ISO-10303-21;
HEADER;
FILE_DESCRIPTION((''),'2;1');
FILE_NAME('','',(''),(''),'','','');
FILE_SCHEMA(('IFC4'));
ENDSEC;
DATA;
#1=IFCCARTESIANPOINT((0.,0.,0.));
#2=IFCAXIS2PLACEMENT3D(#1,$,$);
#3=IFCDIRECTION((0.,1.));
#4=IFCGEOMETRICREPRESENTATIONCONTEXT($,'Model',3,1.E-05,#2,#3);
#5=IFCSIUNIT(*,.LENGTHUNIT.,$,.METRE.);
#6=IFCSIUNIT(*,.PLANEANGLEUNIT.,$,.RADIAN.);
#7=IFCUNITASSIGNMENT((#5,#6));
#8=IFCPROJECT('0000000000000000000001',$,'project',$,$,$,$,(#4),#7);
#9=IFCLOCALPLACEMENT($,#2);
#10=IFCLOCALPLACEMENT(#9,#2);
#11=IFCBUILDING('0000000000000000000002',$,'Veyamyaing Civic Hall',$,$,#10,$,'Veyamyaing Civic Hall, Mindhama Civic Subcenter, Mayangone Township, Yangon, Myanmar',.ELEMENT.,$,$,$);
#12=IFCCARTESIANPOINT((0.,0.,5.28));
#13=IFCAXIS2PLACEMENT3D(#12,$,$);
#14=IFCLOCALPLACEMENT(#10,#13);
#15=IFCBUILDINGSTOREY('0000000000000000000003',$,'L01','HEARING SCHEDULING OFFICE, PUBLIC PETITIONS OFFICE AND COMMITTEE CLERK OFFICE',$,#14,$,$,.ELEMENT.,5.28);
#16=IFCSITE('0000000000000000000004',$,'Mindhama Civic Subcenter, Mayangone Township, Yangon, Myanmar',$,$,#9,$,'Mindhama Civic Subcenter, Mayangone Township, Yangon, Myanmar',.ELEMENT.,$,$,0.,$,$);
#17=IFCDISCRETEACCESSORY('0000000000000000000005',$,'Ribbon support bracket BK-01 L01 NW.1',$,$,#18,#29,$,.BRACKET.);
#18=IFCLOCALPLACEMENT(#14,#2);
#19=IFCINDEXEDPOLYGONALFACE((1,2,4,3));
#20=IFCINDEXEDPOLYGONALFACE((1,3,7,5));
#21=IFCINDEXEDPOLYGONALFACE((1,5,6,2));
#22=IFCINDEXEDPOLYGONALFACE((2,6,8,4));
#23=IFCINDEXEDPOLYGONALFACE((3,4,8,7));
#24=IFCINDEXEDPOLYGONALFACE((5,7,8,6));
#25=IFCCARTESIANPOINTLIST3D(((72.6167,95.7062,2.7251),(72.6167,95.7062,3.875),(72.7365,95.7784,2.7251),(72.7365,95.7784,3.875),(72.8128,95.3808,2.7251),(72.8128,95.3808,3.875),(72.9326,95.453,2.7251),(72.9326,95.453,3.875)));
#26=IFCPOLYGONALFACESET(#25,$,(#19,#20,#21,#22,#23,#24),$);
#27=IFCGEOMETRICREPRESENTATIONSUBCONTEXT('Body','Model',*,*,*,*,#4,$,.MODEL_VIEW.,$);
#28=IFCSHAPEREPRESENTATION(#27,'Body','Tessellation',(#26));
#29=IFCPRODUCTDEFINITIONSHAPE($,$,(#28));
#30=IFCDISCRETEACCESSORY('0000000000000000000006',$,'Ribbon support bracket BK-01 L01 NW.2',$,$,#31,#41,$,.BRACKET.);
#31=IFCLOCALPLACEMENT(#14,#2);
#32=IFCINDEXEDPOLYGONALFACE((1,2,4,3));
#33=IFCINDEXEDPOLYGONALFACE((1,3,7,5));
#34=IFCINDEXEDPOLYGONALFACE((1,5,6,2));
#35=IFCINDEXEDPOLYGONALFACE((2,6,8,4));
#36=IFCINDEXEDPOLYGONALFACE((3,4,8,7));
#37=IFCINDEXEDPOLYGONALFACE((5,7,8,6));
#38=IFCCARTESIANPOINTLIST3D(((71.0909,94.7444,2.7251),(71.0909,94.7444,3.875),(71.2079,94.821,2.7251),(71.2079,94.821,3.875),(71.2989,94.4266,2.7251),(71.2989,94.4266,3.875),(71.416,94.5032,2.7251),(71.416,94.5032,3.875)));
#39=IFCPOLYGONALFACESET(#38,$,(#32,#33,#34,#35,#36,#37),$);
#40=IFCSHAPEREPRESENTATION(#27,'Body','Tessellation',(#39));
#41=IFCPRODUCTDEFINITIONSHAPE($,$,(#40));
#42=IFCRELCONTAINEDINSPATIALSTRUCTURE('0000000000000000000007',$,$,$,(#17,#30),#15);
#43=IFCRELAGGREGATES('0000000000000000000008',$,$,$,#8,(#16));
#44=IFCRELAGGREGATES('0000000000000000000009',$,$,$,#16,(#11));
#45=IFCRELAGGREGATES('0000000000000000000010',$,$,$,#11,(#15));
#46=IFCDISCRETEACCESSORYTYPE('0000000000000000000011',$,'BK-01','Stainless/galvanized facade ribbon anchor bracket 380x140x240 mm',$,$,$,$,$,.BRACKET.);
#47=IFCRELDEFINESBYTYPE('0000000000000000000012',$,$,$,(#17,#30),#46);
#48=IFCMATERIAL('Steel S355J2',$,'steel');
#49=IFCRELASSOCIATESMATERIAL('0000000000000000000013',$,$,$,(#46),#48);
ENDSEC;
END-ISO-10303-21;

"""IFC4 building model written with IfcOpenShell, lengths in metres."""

from ifc_helpers import new_model, si_unit, direction, frame, origin, origin_2d, place, context, subcontext, project, spatial, rectangle, extrude, material, type_object, element, save


model = new_model("IFC4")

# Units and contexts
model_context = context("Model", 3, precision=1e-05, world=origin(), true_north=direction((0.0, 1.0)))
body_context = subcontext(model_context, "Body", "Model", "MODEL_VIEW")
ifc_project = project(units=[si_unit("LENGTHUNIT", "METRE"), si_unit("PLANEANGLEUNIT", "RADIAN")], contexts=[model_context])

# Site, building, storey
site_placement = place(None, origin())
site = spatial("IfcSite", under=ifc_project, at=site_placement, Name="Mindhama Civic Subcenter, Mayangone Township, Yangon, Myanmar", LongName="Mindhama Civic Subcenter, Mayangone Township, Yangon, Myanmar", CompositionType="ELEMENT", RefElevation=0.0)
building_placement = place(site_placement, origin())
building = spatial("IfcBuilding", under=site, at=building_placement, Name="Veyamyaing Civic Hall", LongName="Veyamyaing Civic Hall, Mindhama Civic Subcenter, Mayangone Township, Yangon, Myanmar", CompositionType="ELEMENT")
storey_placement = place(building_placement, frame((0.0, 0.0, 5.28)))
storey = spatial("IfcBuildingStorey", under=building, at=storey_placement, Name="L01", Description="HEARING SCHEDULING OFFICE, PUBLIC PETITIONS OFFICE AND COMMITTEE CLERK OFFICE", CompositionType="ELEMENT", Elevation=5.28)

# Discrete accessories
ifc_material_1 = material(Name="Steel S355J2", Category="steel")
discrete_accessory_type = type_object("IfcDiscreteAccessoryType", Name="BK-01", Description="Stainless/galvanized facade ribbon anchor bracket 380x140x240 mm", PredefinedType="BRACKET", material=ifc_material_1)
for number, where, z_axis, x_axis, name in (
    (1, (72.7747, 95.5796, 2.7251), (0.0, 0.0, 1.0), (-0.516106, 0.856525, 0.0), "Ribbon support bracket BK-01 L01 NW.1"),
    (2, (71.2534, 94.6238, 2.7251), (0.0, 0.0, 1.0), (-0.547772, 0.836628, 0.0), "Ribbon support bracket BK-01 L01 NW.2"),
):
    element("IfcDiscreteAccessory", number, at=place(storey_placement, frame(where, z_axis=z_axis, x_axis=x_axis)), inside=storey, type_object=discrete_accessory_type, Name=name, PredefinedType="BRACKET", context=body_context, shape_type="SweptSolid", body=[
        extrude(rectangle(XDim=0.3799, YDim=0.1399, at=origin_2d()), origin(), (0.0, 0.0, 1.0), 1.1499),
    ])

save(model, "model.ifc")
